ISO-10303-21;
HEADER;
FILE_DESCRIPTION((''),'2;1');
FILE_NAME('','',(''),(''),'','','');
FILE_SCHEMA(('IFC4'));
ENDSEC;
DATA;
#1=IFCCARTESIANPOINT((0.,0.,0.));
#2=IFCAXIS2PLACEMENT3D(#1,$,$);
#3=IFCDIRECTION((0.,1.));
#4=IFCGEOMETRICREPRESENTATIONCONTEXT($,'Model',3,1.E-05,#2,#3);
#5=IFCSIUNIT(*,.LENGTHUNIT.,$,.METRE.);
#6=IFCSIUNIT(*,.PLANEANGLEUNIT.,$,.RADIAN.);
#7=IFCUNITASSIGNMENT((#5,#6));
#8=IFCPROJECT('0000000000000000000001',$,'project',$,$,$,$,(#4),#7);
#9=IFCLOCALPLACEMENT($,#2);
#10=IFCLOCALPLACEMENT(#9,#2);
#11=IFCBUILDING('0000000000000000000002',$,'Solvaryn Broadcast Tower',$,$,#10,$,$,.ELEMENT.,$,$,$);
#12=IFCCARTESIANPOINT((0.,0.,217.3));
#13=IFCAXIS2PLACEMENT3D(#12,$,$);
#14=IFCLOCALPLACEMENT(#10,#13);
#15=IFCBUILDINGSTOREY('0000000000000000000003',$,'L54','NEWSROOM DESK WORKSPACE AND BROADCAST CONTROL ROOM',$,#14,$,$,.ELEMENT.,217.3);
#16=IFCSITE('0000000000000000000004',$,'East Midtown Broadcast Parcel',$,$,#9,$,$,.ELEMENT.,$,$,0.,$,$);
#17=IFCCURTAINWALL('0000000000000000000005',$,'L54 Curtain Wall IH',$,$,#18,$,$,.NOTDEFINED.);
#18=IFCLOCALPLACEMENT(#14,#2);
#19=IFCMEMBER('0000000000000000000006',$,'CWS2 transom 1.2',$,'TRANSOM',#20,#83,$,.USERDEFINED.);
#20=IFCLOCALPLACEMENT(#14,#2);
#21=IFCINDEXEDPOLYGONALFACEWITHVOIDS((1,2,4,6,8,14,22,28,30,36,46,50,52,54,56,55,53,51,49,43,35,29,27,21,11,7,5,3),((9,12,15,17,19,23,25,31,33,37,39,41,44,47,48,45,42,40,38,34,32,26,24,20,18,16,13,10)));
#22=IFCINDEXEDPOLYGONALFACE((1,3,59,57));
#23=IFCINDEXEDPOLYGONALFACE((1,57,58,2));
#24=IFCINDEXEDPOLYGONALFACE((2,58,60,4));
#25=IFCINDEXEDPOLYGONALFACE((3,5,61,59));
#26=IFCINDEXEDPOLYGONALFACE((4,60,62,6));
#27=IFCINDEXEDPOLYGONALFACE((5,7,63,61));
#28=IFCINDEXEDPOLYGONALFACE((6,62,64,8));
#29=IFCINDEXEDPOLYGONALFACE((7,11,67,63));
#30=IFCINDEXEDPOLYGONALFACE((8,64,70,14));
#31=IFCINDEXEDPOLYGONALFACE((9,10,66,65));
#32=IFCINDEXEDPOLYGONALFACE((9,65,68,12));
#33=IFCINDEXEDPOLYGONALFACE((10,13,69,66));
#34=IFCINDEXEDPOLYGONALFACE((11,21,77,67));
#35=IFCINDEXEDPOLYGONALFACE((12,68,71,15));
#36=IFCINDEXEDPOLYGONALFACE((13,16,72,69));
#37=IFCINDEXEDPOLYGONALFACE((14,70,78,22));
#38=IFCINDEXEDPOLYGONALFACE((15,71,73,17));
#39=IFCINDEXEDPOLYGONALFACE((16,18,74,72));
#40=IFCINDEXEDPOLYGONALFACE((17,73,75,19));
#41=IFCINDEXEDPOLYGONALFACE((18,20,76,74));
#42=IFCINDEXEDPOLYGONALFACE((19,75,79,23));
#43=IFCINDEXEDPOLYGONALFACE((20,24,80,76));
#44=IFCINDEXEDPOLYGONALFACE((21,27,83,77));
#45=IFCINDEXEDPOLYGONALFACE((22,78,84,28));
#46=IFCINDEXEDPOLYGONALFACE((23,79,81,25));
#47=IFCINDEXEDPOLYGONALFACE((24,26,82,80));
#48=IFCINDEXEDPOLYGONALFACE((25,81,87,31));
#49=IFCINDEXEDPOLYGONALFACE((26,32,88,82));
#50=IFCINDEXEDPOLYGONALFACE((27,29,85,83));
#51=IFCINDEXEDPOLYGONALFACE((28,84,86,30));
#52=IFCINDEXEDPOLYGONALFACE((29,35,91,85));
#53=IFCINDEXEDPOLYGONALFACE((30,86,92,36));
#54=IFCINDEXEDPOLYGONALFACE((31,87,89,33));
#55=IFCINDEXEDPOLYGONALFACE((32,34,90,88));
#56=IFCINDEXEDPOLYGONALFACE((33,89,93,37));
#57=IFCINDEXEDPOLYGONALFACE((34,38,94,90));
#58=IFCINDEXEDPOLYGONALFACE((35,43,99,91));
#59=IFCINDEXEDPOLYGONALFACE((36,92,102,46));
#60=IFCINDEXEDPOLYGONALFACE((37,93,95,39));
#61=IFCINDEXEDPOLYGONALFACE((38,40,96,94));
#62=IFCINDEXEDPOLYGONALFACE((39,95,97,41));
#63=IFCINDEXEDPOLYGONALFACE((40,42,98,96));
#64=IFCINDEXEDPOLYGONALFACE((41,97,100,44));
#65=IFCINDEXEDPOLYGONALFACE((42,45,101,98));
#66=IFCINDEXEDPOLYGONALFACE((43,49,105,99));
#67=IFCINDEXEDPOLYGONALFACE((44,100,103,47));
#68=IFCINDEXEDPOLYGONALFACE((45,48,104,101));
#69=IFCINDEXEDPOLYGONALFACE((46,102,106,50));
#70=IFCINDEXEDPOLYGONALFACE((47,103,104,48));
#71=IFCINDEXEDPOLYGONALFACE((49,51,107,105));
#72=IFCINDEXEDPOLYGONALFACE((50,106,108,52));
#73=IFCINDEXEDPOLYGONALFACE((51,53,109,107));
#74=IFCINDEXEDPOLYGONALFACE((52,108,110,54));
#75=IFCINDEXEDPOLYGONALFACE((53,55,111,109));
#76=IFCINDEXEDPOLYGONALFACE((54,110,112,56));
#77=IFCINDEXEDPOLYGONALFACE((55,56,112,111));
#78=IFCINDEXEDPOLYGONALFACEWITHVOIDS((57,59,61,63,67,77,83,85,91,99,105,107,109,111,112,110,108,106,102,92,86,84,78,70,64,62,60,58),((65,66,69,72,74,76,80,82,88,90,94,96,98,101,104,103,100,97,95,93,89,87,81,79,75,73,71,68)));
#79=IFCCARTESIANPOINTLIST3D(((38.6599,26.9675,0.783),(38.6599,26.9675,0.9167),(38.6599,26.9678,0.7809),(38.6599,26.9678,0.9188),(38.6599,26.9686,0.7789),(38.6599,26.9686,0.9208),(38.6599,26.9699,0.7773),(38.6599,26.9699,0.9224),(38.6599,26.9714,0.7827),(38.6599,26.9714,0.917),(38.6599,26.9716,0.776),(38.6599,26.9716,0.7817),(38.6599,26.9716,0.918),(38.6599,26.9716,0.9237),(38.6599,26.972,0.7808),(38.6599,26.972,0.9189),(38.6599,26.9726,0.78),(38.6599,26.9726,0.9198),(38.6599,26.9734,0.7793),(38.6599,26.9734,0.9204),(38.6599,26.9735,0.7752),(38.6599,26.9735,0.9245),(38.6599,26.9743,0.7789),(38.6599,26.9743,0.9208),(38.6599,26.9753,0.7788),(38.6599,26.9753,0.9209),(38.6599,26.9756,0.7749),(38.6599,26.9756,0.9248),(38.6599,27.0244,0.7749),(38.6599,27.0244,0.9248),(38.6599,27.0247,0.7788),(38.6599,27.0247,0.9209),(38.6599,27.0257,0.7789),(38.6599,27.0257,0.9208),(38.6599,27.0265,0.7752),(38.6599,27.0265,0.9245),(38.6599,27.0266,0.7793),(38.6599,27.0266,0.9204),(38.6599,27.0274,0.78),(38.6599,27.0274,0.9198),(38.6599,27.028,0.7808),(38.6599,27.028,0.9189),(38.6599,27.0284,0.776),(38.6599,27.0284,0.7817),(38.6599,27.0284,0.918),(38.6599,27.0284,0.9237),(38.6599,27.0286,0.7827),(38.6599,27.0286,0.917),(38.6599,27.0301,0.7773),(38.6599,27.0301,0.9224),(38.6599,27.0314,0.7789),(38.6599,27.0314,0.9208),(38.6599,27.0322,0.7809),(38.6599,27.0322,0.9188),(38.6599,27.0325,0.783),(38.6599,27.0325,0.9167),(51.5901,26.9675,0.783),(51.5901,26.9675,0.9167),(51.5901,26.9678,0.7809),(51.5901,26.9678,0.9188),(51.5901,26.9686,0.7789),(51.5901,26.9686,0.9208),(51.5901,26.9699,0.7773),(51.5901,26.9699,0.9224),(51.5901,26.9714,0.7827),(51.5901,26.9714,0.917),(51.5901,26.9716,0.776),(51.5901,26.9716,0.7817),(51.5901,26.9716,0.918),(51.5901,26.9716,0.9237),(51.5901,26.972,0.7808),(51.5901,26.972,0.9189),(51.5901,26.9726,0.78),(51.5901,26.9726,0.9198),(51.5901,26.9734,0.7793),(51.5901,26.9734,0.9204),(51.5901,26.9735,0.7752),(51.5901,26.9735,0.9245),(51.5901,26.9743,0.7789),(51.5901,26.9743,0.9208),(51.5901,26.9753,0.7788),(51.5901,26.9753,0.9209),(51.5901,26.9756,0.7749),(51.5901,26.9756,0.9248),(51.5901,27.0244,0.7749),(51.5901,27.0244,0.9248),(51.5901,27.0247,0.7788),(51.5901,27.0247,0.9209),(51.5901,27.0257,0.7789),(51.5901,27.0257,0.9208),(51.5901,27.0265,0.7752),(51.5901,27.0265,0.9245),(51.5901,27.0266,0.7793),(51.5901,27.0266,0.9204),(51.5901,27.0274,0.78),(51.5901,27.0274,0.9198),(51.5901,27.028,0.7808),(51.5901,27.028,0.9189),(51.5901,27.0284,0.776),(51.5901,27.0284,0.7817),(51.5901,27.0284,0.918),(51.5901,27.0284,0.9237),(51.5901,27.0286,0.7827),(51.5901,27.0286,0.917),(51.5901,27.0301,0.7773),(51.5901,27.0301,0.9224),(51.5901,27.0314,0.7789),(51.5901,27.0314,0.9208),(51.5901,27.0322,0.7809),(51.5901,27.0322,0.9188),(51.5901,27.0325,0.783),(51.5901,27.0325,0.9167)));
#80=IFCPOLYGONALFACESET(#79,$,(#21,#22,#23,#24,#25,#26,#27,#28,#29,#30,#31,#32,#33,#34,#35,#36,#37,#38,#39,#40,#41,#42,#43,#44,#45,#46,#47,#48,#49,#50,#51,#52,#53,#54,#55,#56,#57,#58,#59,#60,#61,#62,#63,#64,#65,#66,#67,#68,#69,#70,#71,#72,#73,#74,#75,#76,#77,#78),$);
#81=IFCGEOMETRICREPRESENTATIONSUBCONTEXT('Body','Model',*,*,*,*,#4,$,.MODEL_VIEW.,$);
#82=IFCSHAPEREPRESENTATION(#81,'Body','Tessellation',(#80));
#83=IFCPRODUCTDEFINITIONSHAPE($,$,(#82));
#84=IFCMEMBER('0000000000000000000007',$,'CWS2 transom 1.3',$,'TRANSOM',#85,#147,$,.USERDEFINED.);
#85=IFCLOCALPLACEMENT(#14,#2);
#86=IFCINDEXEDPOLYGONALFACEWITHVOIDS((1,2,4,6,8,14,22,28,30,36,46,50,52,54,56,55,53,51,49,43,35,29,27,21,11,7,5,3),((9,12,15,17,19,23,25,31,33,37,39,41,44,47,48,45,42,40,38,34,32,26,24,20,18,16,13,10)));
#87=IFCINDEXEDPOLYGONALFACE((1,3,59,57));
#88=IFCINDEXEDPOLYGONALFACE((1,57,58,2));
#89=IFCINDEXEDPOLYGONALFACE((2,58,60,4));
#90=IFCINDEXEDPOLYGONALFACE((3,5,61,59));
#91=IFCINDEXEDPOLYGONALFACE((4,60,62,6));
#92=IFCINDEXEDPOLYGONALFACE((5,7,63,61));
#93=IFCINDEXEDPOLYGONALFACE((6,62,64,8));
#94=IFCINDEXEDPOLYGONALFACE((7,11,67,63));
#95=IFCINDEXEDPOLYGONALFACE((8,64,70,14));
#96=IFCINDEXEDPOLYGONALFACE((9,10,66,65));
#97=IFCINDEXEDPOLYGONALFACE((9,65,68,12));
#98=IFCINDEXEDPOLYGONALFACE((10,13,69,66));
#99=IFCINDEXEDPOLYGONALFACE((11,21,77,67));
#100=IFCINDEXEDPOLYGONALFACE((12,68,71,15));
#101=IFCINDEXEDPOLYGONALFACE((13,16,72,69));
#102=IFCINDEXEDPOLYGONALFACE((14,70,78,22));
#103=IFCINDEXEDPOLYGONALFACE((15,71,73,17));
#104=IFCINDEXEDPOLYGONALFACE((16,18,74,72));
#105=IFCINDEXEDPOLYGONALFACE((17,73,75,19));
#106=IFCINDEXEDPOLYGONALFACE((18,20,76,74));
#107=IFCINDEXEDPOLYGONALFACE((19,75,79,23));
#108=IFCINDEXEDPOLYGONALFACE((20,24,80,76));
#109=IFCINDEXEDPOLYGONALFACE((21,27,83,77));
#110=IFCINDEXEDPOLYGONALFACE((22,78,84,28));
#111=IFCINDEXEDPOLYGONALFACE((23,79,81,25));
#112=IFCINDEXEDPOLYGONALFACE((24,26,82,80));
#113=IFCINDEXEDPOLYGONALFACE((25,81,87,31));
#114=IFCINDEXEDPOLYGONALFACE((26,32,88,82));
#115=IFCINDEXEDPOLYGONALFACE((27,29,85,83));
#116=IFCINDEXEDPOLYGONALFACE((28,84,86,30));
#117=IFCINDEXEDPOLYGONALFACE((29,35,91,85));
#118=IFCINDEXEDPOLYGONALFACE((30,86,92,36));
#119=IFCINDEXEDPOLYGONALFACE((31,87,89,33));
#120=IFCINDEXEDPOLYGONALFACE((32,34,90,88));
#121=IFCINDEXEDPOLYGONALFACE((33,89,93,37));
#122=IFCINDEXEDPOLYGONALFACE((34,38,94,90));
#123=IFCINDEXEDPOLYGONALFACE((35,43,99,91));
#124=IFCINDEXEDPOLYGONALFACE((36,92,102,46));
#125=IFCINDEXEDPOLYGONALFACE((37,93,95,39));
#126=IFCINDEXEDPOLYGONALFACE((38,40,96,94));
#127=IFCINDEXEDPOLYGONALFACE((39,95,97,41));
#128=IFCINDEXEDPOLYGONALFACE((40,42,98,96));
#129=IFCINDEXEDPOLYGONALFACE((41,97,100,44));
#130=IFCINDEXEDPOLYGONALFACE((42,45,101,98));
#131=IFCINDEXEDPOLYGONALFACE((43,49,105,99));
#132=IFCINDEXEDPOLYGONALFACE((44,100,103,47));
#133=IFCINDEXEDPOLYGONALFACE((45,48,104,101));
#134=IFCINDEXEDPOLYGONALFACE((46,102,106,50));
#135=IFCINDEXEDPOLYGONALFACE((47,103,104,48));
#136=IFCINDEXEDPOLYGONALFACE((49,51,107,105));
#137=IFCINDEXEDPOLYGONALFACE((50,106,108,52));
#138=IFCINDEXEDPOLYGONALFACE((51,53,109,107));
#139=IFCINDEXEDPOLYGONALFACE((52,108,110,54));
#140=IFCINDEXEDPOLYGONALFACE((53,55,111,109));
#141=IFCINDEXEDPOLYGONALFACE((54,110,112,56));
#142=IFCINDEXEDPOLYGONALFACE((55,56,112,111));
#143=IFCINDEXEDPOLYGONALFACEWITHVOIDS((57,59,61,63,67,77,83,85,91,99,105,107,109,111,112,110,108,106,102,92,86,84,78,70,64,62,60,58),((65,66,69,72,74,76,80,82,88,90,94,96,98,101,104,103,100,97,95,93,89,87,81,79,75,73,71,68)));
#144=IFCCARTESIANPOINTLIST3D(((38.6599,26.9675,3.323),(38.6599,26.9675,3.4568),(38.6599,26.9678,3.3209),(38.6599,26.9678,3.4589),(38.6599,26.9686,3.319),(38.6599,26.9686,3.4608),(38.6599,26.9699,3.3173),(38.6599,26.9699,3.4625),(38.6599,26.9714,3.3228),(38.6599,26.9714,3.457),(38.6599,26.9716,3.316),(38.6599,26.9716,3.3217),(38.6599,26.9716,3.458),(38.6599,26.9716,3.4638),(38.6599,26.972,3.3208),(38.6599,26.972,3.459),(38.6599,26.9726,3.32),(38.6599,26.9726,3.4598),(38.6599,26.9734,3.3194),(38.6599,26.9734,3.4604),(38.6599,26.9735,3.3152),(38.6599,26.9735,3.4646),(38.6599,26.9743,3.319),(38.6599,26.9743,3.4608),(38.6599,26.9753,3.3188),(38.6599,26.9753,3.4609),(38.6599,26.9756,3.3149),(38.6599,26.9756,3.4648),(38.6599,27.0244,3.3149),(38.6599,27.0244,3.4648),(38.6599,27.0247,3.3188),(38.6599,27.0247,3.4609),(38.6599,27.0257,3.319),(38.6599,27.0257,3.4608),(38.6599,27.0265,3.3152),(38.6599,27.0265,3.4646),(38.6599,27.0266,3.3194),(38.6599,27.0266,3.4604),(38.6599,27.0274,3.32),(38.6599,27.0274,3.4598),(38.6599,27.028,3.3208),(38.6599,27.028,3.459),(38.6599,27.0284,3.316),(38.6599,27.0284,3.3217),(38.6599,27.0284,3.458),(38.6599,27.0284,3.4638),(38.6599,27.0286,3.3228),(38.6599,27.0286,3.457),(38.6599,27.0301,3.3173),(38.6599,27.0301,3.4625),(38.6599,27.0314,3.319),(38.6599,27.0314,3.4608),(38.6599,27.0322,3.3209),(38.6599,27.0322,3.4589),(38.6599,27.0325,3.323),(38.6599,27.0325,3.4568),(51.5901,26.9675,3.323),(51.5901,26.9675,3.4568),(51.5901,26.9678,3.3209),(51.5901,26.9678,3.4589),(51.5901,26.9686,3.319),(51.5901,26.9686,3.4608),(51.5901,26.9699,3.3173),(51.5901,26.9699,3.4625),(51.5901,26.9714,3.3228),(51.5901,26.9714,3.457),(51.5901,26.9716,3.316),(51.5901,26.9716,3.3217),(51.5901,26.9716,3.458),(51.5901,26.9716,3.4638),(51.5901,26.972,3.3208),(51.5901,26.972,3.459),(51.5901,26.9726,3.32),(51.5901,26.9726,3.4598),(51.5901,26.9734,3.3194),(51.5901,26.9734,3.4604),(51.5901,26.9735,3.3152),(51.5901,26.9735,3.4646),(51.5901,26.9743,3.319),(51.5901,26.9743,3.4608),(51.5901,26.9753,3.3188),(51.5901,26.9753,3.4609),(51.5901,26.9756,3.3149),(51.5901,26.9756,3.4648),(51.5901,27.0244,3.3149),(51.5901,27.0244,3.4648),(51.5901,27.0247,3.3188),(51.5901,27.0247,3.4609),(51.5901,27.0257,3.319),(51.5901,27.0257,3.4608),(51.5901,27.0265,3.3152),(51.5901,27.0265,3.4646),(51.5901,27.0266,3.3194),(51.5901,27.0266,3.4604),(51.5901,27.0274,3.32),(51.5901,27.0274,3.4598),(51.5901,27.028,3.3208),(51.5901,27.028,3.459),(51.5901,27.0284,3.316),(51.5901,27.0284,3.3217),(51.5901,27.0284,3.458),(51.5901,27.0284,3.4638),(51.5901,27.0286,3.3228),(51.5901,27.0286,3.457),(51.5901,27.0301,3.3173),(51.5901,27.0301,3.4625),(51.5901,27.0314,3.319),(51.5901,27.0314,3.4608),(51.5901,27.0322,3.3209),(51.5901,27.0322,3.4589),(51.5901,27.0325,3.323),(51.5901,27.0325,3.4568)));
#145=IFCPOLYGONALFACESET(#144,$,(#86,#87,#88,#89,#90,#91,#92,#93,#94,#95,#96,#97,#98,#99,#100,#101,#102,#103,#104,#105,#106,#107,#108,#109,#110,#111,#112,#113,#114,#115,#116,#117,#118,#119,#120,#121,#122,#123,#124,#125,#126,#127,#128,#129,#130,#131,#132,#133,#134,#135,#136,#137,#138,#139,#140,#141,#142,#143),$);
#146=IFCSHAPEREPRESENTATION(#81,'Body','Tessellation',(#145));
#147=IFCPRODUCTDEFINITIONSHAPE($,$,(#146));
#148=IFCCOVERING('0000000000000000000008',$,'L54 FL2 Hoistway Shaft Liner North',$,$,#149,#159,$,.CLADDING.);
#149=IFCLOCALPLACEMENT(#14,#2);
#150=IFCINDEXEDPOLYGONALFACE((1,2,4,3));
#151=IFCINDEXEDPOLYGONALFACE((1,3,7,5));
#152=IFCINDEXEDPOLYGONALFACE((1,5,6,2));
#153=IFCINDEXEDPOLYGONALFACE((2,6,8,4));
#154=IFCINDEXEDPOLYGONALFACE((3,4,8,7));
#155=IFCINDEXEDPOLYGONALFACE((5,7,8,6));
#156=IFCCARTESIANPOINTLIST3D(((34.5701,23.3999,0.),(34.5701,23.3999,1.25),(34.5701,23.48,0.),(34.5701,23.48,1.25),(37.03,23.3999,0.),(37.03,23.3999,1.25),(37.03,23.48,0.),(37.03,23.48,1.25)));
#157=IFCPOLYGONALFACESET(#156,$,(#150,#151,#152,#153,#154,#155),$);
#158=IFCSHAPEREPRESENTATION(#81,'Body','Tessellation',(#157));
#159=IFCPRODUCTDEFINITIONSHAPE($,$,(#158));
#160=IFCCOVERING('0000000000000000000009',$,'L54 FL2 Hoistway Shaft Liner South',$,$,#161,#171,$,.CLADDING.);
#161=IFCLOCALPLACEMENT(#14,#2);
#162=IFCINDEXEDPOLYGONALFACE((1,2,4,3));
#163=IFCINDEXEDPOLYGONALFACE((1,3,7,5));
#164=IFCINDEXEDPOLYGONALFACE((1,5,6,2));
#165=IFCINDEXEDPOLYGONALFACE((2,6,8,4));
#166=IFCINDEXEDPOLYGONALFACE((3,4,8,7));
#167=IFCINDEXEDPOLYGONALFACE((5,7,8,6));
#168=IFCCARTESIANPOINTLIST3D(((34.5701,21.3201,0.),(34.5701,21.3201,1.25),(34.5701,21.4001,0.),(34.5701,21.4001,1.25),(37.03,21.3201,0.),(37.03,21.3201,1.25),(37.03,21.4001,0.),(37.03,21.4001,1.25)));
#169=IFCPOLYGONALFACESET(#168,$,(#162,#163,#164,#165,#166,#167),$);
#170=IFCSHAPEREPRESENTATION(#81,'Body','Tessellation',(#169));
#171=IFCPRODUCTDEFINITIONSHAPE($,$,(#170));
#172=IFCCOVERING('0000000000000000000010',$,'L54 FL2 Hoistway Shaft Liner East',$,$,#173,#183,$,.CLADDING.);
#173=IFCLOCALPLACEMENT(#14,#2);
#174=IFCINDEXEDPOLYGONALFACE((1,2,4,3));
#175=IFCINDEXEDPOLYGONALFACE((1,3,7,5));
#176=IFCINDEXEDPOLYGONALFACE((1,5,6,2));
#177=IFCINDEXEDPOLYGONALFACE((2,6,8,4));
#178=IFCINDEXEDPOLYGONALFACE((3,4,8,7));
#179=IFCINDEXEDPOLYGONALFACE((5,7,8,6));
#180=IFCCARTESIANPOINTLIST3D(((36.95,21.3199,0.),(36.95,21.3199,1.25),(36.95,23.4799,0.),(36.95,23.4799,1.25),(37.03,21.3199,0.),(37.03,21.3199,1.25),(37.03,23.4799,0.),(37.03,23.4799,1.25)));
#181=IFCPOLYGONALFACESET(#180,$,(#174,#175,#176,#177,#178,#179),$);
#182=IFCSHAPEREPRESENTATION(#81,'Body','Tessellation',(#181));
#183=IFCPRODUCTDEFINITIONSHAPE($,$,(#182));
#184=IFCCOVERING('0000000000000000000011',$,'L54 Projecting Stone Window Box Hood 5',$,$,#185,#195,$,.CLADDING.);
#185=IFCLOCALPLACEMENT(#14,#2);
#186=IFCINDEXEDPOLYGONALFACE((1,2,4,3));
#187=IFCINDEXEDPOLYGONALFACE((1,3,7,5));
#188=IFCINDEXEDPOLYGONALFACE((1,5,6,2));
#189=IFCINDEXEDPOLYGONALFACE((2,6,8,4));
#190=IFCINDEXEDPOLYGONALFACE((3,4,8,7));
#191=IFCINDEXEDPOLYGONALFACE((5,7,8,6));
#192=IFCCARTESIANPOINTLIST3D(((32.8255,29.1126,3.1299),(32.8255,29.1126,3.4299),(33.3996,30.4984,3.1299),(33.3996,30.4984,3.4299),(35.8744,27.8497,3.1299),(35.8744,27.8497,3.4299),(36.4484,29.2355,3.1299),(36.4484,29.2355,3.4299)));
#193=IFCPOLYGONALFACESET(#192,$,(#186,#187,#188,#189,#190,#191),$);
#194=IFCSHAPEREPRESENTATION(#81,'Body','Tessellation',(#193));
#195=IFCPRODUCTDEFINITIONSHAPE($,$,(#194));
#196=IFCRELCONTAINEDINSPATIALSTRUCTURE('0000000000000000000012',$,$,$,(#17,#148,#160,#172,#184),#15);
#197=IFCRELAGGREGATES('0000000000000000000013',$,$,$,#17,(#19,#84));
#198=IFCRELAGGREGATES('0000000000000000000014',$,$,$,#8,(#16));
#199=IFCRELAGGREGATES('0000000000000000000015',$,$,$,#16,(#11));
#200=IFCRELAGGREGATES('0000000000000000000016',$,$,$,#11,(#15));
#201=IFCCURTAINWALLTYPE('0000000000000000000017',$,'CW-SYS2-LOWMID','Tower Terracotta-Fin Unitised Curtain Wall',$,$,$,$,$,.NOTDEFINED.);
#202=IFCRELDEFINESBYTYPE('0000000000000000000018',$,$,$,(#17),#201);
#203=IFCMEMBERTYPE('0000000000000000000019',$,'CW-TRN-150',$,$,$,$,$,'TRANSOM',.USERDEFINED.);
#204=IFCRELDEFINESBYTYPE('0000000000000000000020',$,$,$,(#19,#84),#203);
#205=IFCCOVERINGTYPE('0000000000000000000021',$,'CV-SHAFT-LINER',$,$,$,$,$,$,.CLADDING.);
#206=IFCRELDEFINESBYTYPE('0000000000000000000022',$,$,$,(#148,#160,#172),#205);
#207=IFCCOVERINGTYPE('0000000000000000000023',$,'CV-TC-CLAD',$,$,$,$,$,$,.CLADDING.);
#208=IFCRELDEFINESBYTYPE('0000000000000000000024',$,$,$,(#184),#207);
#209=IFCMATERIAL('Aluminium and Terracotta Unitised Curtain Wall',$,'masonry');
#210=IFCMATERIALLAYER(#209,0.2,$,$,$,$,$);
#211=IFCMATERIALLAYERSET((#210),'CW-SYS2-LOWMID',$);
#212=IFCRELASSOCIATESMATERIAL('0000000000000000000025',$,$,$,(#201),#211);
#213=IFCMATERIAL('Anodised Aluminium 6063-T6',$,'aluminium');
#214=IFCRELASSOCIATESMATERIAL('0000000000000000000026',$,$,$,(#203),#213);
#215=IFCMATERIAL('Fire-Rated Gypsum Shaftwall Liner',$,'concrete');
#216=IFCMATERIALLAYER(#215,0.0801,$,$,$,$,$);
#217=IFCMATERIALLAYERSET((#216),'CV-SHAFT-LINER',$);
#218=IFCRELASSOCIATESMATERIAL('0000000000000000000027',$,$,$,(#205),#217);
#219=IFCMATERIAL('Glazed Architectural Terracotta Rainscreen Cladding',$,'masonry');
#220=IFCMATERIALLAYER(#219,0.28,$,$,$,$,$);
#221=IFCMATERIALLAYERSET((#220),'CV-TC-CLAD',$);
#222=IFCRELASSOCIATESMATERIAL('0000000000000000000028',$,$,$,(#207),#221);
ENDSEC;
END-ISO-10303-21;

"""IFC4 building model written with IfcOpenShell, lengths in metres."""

from ifc_helpers import new_model, si_unit, direction, frame, origin, origin_2d, place, context, subcontext, project, spatial, rectangle, hollow_rectangle, extrude, material, layer, layer_set, material_profile, profile_set, type_object, element, aggregate, save


model = new_model("IFC4")

# Units and contexts
model_context = context("Model", 3, precision=1e-05, world=origin(), true_north=direction((0.0, 1.0)))
body_context = subcontext(model_context, "Body", "Model", "MODEL_VIEW")
ifc_project = project(units=[si_unit("LENGTHUNIT", "METRE"), si_unit("PLANEANGLEUNIT", "RADIAN")], contexts=[model_context])

# Site, building, storey
site_placement = place(None, origin())
site = spatial("IfcSite", under=ifc_project, at=site_placement, Name="East Midtown Broadcast Parcel", CompositionType="ELEMENT", RefElevation=0.0)
building_placement = place(site_placement, origin())
building = spatial("IfcBuilding", under=site, at=building_placement, Name="Solvaryn Broadcast Tower", CompositionType="ELEMENT")
storey_placement = place(building_placement, frame((0.0, 0.0, 217.3)))
storey = spatial("IfcBuildingStorey", under=building, at=storey_placement, Name="L54", Description="NEWSROOM DESK WORKSPACE AND BROADCAST CONTROL ROOM", CompositionType="ELEMENT", Elevation=217.3)

# Curtain wall
ifc_material_1 = material(Name="Aluminium and Terracotta Unitised Curtain Wall", Category="masonry")
ifc_layer_1 = layer(ifc_material_1, 0.2)
ifc_layer_set_1 = layer_set([ifc_layer_1], Name="CW-SYS2-LOWMID")
curtain_wall_type = type_object("IfcCurtainWallType", Name="CW-SYS2-LOWMID", Description="Tower Terracotta-Fin Unitised Curtain Wall", PredefinedType="NOTDEFINED", material=ifc_layer_set_1)
curtain_wall_1_placement = place(storey_placement, origin())
curtain_wall_1 = element("IfcCurtainWall", 1, at=curtain_wall_1_placement, inside=storey, type_object=curtain_wall_type, Name="L54 Curtain Wall IH", PredefinedType="NOTDEFINED")

# Members
ifc_material_2 = material(Name="Anodised Aluminium 6063-T6", Category="aluminium")
ifc_material_profile_1 = material_profile(ifc_material_2, hollow_rectangle(XDim=0.0649, YDim=0.1499, WallThickness=0.0039, InnerFilletRadius=0.0039, OuterFilletRadius=0.0081, at=origin_2d()))
ifc_profile_set_1 = profile_set([ifc_material_profile_1], Name="Anodised Aluminium 6063-T6")
member_type_1 = type_object("IfcMemberType", Name="CW-TRN-150", ElementType="TRANSOM", PredefinedType="USERDEFINED", material=ifc_profile_set_1)
member_1_placement = place(storey_placement, frame((38.6599, 27.0, 0.8499), z_axis=(1.0, 0.0, 0.0), x_axis=(0.0, 1.0, 0.0)))
member_1 = element("IfcMember", 2, at=member_1_placement, type_object=member_type_1, Name="CWS2 transom 1.2", ObjectType="TRANSOM", PredefinedType="USERDEFINED", context=body_context, shape_type="SweptSolid", body=[
    extrude(hollow_rectangle(XDim=0.0649, YDim=0.1499, WallThickness=0.0039, InnerFilletRadius=0.0039, OuterFilletRadius=0.0081, at=origin_2d()), origin(), (0.0, 0.0, 1.0), 12.9302),
])
member_2_placement = place(storey_placement, frame((38.6599, 27.0, 3.3899), z_axis=(1.0, 0.0, 0.0), x_axis=(0.0, 1.0, 0.0)))
member_2 = element("IfcMember", 3, at=member_2_placement, type_object=member_type_1, Name="CWS2 transom 1.3", ObjectType="TRANSOM", PredefinedType="USERDEFINED", context=body_context, shape_type="SweptSolid", body=[
    extrude(hollow_rectangle(XDim=0.0649, YDim=0.1499, WallThickness=0.0039, InnerFilletRadius=0.0039, OuterFilletRadius=0.0081, at=origin_2d()), origin(), (0.0, 0.0, 1.0), 12.9302),
])
aggregate(curtain_wall_1, [member_1, member_2])

# Coverings
ifc_material_3 = material(Name="Fire-Rated Gypsum Shaftwall Liner", Category="concrete")
ifc_layer_2 = layer(ifc_material_3, 0.0801)
ifc_layer_set_2 = layer_set([ifc_layer_2], Name="CV-SHAFT-LINER")
covering_type_1 = type_object("IfcCoveringType", Name="CV-SHAFT-LINER", PredefinedType="CLADDING", material=ifc_layer_set_2)
for number, where, z_axis, x_axis, name in (
    (4, (35.8, 23.4399, 0.0), (0.0, 0.0, 1.0), (1.0, 0.0, 0.0), "L54 FL2 Hoistway Shaft Liner North"),
    (5, (35.8, 21.3601, 0.0), (0.0, 0.0, 1.0), (1.0, 0.0, 0.0), "L54 FL2 Hoistway Shaft Liner South"),
):
    element("IfcCovering", number, at=place(storey_placement, frame(where, z_axis=z_axis, x_axis=x_axis)), inside=storey, type_object=covering_type_1, Name=name, PredefinedType="CLADDING", context=body_context, shape_type="SweptSolid", body=[
        extrude(rectangle(XDim=2.46, YDim=0.0801, at=origin_2d()), origin(), (0.0, 0.0, 1.0), 1.25),
    ])
covering_placement = place(storey_placement, frame((36.99, 22.3999, 0.0), z_axis=(0.0, 0.0, 1.0), x_axis=(1.0, 0.0, 0.0)))
element("IfcCovering", 6, at=covering_placement, inside=storey, type_object=covering_type_1, Name="L54 FL2 Hoistway Shaft Liner East", PredefinedType="CLADDING", context=body_context, shape_type="SweptSolid", body=[
    extrude(rectangle(XDim=0.0801, YDim=2.1599, at=origin_2d()), origin(), (0.0, 0.0, 1.0), 1.25),
])
ifc_material_4 = material(Name="Glazed Architectural Terracotta Rainscreen Cladding", Category="masonry")
ifc_layer_3 = layer(ifc_material_4, 0.28)
ifc_layer_set_3 = layer_set([ifc_layer_3], Name="CV-TC-CLAD")
covering_type_2 = type_object("IfcCoveringType", Name="CV-TC-CLAD", PredefinedType="CLADDING", material=ifc_layer_set_3)
for number, where, z_axis, x_axis, name in (
    (7, (34.637, 29.1741, 3.1299), (0.0, 0.0, 1.0), (-0.92388, 0.382683, 0.0), "L54 Projecting Stone Window Box Hood 5"),
):
    element("IfcCovering", number, at=place(storey_placement, frame(where, z_axis=z_axis, x_axis=x_axis)), inside=storey, type_object=covering_type_2, Name=name, PredefinedType="CLADDING", context=body_context, shape_type="SweptSolid", body=[
        extrude(rectangle(XDim=3.3, YDim=1.5, at=origin_2d()), origin(), (0.0, 0.0, 1.0), 0.3),
    ])

save(model, "model.ifc")
